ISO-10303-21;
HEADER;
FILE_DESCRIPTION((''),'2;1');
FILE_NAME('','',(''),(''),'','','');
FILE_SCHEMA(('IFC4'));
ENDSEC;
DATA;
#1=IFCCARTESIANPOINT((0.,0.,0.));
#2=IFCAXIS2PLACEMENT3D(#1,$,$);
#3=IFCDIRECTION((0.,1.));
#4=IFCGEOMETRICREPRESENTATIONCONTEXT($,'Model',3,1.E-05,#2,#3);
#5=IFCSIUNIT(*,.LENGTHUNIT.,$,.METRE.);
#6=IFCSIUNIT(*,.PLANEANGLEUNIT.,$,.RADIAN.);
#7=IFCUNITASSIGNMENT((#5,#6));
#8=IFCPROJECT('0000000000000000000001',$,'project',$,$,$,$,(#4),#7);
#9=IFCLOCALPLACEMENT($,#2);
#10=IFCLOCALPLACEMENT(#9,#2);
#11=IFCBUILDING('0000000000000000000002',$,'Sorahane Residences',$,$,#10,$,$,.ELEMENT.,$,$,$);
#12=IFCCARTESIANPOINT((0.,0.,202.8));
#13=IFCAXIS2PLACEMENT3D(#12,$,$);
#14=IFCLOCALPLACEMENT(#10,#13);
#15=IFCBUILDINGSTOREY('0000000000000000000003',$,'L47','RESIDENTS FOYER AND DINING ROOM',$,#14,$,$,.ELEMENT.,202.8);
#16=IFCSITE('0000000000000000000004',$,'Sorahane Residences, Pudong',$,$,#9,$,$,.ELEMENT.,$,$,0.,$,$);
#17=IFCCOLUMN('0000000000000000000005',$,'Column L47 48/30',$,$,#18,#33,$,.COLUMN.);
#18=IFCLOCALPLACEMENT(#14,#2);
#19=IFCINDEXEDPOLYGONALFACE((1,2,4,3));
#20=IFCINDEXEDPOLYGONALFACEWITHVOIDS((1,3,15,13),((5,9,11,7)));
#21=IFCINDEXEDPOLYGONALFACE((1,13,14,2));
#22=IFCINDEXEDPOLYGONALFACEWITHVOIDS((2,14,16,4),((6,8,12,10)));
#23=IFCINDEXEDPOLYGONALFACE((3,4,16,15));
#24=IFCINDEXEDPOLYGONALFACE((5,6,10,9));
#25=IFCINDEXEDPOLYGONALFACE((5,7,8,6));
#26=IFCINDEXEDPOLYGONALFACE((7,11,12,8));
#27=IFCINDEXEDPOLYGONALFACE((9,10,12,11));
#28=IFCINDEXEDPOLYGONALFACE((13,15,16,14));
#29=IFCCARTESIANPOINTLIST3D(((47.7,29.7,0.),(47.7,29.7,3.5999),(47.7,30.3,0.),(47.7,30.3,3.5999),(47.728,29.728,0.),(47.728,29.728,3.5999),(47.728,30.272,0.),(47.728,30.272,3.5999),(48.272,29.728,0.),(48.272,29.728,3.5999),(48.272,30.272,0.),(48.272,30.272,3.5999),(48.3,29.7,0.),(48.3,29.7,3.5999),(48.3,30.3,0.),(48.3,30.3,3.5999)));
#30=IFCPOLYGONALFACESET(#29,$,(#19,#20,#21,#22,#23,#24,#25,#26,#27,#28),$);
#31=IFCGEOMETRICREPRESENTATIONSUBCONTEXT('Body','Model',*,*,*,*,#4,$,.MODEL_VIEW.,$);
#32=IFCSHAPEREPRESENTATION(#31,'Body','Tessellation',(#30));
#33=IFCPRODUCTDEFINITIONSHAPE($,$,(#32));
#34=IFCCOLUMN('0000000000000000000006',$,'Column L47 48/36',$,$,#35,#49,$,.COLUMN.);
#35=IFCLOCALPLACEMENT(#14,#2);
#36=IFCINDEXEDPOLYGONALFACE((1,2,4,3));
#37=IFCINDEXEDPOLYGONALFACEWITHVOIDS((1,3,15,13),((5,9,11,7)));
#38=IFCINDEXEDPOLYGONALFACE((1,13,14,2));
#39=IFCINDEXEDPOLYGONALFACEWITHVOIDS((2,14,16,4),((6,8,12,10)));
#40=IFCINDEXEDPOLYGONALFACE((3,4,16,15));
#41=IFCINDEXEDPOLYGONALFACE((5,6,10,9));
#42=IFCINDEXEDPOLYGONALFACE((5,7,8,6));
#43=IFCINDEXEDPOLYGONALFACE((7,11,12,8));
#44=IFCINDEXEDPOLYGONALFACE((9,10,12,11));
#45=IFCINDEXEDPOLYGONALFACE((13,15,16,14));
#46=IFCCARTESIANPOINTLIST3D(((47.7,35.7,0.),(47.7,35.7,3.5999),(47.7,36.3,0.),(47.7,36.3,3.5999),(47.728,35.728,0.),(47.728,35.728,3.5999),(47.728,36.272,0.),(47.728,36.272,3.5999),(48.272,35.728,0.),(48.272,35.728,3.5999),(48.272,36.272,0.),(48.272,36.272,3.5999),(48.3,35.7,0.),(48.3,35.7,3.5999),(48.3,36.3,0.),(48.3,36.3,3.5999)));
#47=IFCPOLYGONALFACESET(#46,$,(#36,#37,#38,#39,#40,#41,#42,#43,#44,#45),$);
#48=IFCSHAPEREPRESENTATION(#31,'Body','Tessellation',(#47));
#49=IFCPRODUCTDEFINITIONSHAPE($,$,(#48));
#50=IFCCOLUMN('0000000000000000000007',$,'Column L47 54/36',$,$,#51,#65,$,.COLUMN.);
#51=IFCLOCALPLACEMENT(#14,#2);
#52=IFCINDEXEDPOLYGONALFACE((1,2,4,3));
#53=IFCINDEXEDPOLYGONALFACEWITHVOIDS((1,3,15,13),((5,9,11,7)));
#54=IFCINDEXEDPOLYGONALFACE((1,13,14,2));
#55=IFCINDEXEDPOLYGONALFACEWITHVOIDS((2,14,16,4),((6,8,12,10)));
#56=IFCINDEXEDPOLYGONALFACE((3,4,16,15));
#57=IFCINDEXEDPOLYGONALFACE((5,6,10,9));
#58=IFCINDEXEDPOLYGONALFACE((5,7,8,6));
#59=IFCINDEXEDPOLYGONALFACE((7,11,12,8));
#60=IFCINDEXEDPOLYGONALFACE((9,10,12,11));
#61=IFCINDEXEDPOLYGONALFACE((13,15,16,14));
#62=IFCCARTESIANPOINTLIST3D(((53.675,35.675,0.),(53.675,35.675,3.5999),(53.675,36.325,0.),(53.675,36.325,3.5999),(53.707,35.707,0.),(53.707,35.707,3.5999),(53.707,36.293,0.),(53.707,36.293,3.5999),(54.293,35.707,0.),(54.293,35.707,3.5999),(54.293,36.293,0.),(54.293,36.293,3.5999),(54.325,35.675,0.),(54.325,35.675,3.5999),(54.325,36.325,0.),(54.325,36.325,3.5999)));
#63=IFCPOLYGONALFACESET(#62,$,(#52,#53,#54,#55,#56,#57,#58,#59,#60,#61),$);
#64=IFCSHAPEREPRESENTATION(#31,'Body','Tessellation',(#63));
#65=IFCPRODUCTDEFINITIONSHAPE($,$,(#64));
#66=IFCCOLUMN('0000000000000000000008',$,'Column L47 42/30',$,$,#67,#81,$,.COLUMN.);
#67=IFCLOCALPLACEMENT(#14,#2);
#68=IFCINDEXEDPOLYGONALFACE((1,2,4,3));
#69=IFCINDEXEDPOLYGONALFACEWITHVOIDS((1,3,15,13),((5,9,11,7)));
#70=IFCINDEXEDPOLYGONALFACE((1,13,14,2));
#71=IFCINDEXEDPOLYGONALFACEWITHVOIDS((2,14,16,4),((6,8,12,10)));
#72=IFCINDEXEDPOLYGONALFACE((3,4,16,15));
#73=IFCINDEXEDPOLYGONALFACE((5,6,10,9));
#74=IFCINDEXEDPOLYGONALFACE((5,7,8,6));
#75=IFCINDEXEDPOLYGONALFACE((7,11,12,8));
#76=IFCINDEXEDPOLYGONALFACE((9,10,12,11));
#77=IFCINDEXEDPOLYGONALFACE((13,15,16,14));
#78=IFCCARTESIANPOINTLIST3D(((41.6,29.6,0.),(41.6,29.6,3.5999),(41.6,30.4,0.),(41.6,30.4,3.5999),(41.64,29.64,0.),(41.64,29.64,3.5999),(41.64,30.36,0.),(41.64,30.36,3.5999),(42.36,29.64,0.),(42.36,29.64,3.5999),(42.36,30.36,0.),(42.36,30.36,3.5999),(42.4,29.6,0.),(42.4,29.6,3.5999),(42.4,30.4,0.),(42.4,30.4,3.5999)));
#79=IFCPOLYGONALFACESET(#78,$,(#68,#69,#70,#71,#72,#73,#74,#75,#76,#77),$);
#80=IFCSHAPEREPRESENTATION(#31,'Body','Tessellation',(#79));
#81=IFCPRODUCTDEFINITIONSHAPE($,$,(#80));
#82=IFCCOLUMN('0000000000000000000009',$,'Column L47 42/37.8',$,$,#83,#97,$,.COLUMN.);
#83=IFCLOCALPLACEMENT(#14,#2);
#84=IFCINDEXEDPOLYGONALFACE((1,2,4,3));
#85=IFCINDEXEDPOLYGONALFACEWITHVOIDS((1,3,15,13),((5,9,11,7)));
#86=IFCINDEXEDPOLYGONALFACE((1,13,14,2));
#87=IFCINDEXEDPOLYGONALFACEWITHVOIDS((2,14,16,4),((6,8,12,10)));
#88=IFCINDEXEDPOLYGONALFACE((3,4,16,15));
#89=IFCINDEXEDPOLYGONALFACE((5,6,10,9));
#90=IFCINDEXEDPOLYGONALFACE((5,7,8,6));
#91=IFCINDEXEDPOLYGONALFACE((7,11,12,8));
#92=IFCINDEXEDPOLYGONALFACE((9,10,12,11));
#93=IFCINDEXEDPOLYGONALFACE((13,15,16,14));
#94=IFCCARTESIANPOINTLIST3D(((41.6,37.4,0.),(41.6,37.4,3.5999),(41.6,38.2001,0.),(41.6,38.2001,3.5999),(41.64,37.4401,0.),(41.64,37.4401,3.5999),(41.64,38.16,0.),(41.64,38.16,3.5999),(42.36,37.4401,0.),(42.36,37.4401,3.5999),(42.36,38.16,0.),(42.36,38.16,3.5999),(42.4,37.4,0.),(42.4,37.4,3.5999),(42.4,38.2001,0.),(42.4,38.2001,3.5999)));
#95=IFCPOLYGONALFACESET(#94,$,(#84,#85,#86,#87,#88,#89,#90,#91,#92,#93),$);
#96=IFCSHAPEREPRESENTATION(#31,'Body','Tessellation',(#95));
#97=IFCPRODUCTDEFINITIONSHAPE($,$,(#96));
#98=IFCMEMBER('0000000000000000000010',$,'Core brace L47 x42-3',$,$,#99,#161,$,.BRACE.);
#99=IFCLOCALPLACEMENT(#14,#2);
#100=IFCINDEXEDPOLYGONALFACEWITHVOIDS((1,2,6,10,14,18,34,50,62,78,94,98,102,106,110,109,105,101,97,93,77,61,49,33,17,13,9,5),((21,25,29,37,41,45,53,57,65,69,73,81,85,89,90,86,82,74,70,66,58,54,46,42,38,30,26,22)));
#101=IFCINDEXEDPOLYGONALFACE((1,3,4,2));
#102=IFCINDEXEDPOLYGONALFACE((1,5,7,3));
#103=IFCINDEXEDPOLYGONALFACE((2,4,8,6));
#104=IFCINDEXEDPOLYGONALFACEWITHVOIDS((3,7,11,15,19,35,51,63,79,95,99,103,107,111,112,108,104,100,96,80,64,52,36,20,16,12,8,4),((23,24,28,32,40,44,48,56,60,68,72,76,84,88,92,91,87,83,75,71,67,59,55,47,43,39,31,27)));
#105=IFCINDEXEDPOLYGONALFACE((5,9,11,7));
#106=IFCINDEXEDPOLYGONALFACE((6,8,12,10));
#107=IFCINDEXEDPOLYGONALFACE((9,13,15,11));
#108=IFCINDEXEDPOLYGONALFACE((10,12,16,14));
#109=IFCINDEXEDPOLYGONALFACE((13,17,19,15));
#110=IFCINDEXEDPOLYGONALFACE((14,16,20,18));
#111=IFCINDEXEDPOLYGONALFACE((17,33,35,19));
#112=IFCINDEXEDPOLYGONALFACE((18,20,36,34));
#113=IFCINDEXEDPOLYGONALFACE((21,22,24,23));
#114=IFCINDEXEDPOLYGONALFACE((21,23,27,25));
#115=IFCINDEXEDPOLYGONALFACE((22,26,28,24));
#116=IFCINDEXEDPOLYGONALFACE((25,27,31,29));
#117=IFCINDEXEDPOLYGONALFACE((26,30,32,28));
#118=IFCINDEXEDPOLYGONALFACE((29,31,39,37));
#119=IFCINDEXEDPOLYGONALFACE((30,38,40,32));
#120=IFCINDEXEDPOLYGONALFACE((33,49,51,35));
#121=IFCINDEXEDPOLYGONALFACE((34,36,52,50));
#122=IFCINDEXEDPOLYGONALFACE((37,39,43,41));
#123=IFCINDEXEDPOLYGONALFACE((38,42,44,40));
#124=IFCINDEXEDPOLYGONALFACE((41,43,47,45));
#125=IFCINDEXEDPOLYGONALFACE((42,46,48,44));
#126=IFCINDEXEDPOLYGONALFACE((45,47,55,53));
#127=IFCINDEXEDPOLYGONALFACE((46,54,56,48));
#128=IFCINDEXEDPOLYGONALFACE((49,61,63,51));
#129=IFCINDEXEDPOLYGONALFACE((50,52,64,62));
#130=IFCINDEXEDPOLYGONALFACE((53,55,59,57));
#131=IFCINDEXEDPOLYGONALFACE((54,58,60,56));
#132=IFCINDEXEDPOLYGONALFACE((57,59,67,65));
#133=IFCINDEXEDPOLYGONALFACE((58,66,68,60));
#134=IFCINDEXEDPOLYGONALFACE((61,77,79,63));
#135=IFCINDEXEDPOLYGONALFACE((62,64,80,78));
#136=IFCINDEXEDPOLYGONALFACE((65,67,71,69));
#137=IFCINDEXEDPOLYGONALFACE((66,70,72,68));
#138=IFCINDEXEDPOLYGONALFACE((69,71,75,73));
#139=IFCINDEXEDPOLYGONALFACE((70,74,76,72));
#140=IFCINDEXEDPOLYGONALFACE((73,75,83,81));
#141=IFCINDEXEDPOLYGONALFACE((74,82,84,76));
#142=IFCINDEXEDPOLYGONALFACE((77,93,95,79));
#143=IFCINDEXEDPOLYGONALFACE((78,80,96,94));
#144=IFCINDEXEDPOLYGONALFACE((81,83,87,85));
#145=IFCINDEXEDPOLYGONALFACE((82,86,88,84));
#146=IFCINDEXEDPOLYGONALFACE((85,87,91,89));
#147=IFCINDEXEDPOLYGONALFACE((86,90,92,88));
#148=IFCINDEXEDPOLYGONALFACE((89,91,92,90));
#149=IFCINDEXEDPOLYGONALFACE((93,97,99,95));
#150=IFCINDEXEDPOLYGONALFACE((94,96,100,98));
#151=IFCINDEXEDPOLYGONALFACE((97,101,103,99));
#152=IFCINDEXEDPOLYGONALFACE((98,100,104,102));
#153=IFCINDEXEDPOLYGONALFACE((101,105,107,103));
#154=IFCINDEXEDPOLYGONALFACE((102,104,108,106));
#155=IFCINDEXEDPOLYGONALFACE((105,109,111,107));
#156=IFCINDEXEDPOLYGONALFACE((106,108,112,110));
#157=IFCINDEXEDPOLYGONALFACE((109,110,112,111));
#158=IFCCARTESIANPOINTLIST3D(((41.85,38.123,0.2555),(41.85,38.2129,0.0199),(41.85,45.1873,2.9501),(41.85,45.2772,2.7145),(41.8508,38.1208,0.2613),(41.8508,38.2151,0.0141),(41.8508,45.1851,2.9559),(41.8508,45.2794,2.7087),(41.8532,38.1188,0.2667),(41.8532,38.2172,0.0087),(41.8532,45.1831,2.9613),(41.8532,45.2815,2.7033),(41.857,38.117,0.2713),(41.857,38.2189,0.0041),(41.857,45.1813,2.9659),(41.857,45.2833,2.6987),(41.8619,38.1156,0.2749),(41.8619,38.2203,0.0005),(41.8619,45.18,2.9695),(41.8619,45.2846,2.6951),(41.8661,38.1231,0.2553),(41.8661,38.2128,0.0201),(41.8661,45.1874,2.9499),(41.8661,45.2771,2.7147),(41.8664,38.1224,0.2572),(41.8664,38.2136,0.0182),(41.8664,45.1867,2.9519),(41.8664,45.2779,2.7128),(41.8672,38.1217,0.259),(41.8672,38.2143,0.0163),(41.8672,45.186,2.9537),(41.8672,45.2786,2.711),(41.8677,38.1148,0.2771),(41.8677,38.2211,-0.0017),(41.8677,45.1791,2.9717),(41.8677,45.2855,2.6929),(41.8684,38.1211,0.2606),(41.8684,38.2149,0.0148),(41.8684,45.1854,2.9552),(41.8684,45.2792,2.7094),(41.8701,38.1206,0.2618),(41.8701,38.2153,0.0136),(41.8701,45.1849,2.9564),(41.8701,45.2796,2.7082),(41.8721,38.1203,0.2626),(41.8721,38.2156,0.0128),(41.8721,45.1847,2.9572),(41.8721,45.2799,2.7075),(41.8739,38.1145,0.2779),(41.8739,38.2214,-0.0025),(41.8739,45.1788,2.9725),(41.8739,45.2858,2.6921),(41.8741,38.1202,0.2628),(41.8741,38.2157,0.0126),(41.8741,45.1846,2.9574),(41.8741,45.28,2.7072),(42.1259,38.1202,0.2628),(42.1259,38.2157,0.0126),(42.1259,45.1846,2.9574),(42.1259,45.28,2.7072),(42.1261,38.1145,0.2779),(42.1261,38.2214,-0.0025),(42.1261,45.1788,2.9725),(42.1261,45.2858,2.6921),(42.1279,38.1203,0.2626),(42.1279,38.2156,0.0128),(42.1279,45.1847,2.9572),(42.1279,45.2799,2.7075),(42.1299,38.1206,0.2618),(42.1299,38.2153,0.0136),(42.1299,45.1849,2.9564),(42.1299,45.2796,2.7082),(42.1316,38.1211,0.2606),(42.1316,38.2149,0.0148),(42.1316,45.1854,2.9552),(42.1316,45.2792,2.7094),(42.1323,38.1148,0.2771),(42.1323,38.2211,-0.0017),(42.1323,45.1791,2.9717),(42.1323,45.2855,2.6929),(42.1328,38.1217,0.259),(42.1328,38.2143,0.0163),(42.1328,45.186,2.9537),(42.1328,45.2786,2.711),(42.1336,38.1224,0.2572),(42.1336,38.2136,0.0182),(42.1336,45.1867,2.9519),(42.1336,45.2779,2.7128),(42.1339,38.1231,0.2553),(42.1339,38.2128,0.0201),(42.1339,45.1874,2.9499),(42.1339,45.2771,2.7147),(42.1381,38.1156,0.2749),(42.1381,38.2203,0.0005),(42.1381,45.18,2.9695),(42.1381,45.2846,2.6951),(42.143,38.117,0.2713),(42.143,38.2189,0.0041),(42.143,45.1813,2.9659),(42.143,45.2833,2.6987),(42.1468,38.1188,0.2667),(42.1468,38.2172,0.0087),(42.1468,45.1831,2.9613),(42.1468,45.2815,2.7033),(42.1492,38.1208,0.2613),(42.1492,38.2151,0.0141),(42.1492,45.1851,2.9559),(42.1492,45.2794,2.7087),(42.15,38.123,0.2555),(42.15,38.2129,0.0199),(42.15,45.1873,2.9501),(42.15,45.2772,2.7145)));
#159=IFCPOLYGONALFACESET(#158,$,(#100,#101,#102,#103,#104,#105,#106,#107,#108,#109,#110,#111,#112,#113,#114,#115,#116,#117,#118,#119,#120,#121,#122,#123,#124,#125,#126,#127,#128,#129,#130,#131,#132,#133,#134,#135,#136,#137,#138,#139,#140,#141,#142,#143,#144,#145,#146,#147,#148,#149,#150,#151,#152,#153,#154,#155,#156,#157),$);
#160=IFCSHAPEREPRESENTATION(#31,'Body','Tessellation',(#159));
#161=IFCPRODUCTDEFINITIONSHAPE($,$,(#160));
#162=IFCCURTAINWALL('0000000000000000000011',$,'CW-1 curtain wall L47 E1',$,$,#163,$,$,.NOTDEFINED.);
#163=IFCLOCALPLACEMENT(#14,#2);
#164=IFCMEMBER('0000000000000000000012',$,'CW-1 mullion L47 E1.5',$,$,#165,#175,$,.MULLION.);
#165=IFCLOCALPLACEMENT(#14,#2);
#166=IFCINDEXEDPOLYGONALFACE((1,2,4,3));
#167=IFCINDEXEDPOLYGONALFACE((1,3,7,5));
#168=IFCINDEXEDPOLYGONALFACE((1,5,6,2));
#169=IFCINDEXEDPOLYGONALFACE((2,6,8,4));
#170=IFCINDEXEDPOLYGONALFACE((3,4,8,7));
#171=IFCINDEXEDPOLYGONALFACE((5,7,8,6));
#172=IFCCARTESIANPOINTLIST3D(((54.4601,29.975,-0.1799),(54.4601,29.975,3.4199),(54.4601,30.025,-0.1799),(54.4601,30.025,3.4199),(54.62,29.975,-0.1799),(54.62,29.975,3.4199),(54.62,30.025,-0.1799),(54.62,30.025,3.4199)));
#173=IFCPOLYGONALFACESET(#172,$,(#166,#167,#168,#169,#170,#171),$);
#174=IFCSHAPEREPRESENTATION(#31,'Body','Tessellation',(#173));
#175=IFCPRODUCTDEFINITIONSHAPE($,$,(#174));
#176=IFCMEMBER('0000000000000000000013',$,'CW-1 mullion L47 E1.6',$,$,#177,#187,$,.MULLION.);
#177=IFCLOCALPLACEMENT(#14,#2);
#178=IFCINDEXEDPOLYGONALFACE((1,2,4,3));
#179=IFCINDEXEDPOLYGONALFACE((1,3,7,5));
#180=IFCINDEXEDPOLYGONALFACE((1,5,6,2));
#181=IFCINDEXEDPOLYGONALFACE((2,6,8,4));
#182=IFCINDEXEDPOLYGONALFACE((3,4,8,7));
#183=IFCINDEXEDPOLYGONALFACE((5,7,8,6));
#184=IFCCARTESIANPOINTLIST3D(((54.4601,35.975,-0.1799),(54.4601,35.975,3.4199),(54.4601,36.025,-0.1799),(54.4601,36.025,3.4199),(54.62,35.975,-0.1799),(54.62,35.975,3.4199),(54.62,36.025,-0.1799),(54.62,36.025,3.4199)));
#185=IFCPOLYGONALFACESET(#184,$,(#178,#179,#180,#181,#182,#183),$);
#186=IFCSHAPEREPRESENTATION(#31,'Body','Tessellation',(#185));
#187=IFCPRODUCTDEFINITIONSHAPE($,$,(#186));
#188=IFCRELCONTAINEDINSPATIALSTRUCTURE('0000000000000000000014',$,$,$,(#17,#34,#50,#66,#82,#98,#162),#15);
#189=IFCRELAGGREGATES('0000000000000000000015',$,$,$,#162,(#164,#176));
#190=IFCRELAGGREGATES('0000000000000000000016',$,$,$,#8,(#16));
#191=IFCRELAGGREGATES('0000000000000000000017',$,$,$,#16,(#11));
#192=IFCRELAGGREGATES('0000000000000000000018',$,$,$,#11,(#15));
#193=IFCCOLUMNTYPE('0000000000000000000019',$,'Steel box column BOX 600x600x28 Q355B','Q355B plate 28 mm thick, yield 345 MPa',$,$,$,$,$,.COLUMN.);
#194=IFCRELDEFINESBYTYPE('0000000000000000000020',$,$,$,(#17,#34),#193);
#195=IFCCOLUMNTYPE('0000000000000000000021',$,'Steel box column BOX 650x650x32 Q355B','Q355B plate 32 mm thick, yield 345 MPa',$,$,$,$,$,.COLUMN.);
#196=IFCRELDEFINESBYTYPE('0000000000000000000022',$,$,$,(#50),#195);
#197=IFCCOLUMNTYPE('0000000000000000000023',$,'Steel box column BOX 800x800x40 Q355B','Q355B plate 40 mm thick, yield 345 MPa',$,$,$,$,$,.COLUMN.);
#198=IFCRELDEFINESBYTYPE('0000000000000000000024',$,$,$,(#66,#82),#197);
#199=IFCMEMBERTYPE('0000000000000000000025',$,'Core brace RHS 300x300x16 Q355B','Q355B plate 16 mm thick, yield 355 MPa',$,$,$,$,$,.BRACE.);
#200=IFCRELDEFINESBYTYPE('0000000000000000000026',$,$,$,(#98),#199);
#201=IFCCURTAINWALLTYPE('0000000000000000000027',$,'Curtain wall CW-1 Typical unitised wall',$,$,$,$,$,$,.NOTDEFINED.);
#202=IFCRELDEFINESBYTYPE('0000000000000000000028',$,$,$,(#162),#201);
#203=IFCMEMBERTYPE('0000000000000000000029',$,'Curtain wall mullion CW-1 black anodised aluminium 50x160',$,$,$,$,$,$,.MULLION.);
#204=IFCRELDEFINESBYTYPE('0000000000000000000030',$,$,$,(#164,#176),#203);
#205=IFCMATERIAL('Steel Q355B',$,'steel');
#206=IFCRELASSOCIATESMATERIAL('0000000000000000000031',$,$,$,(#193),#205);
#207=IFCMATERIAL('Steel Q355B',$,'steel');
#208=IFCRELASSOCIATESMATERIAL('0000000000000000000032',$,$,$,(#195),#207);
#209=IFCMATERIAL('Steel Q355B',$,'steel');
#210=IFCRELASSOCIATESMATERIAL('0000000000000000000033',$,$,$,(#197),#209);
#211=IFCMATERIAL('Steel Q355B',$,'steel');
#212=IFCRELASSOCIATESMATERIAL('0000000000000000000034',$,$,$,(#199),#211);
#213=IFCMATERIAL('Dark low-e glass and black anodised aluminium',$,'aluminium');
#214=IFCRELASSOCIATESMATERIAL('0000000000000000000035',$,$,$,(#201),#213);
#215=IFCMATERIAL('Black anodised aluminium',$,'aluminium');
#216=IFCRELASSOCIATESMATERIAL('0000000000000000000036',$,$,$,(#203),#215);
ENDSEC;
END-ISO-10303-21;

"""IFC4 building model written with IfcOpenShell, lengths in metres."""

from ifc_helpers import new_model, si_unit, direction, frame, origin, origin_2d, place, context, subcontext, project, spatial, rectangle, hollow_rectangle, extrude, material, material_profile, profile_set, type_object, element, aggregate, save


model = new_model("IFC4")

# Units and contexts
model_context = context("Model", 3, precision=1e-05, world=origin(), true_north=direction((0.0, 1.0)))
body_context = subcontext(model_context, "Body", "Model", "MODEL_VIEW")
ifc_project = project(units=[si_unit("LENGTHUNIT", "METRE"), si_unit("PLANEANGLEUNIT", "RADIAN")], contexts=[model_context])

# Site, building, storey
site_placement = place(None, origin())
site = spatial("IfcSite", under=ifc_project, at=site_placement, Name="Sorahane Residences, Pudong", CompositionType="ELEMENT", RefElevation=0.0)
building_placement = place(site_placement, origin())
building = spatial("IfcBuilding", under=site, at=building_placement, Name="Sorahane Residences", CompositionType="ELEMENT")
storey_placement = place(building_placement, frame((0.0, 0.0, 202.8)))
storey = spatial("IfcBuildingStorey", under=building, at=storey_placement, Name="L47", Description="RESIDENTS FOYER AND DINING ROOM", CompositionType="ELEMENT", Elevation=202.8)

# Columns
ifc_material_1 = material(Name="Steel Q355B", Category="steel")
ifc_material_profile_1 = material_profile(ifc_material_1, hollow_rectangle(XDim=0.6001, YDim=0.6001, WallThickness=0.0281, at=origin_2d()), Name="BOX 600x600x28")
ifc_profile_set_1 = profile_set([ifc_material_profile_1], Name="Steel Q355B")
column_type_1 = type_object("IfcColumnType", Name="Steel box column BOX 600x600x28 Q355B", Description="Q355B plate 28 mm thick, yield 345 MPa", PredefinedType="COLUMN", material=ifc_profile_set_1)
for number, where, z_axis, x_axis, name in (
    (1, (48.0, 30.0, 0.0), (0.0, 0.0, 1.0), (1.0, 0.0, 0.0), "Column L47 48/30"),
    (2, (48.0, 36.0, 0.0), (0.0, 0.0, 1.0), (1.0, 0.0, 0.0), "Column L47 48/36"),
):
    element("IfcColumn", number, at=place(storey_placement, frame(where, z_axis=z_axis, x_axis=x_axis)), inside=storey, type_object=column_type_1, Name=name, PredefinedType="COLUMN", context=body_context, shape_type="SweptSolid", body=[
        extrude(hollow_rectangle(XDim=0.6001, YDim=0.6001, WallThickness=0.0281, at=origin_2d()), origin(), (0.0, 0.0, 1.0), 3.5999),
    ])
ifc_material_2 = material(Name="Steel Q355B", Category="steel")
ifc_material_profile_2 = material_profile(ifc_material_2, hollow_rectangle(XDim=0.6499, YDim=0.6499, WallThickness=0.032, at=origin_2d()), Name="BOX 650x650x32")
ifc_profile_set_2 = profile_set([ifc_material_profile_2], Name="Steel Q355B")
column_type_2 = type_object("IfcColumnType", Name="Steel box column BOX 650x650x32 Q355B", Description="Q355B plate 32 mm thick, yield 345 MPa", PredefinedType="COLUMN", material=ifc_profile_set_2)
column_placement = place(storey_placement, frame((54.0, 36.0, 0.0), z_axis=(0.0, 0.0, 1.0), x_axis=(1.0, 0.0, 0.0)))
element("IfcColumn", 3, at=column_placement, inside=storey, type_object=column_type_2, Name="Column L47 54/36", PredefinedType="COLUMN", context=body_context, shape_type="SweptSolid", body=[
    extrude(hollow_rectangle(XDim=0.6499, YDim=0.6499, WallThickness=0.032, at=origin_2d()), origin(), (0.0, 0.0, 1.0), 3.5999),
])
ifc_material_3 = material(Name="Steel Q355B", Category="steel")
ifc_material_profile_3 = material_profile(ifc_material_3, hollow_rectangle(XDim=0.8, YDim=0.8, WallThickness=0.04, at=origin_2d()), Name="BOX 800x800x40")
ifc_profile_set_3 = profile_set([ifc_material_profile_3], Name="Steel Q355B")
column_type_3 = type_object("IfcColumnType", Name="Steel box column BOX 800x800x40 Q355B", Description="Q355B plate 40 mm thick, yield 345 MPa", PredefinedType="COLUMN", material=ifc_profile_set_3)
for number, where, z_axis, x_axis, name in (
    (4, (42.0, 30.0, 0.0), (0.0, 0.0, 1.0), (1.0, 0.0, 0.0), "Column L47 42/30"),
    (5, (42.0, 37.8, 0.0), (0.0, 0.0, 1.0), (1.0, 0.0, 0.0), "Column L47 42/37.8"),
):
    element("IfcColumn", number, at=place(storey_placement, frame(where, z_axis=z_axis, x_axis=x_axis)), inside=storey, type_object=column_type_3, Name=name, PredefinedType="COLUMN", context=body_context, shape_type="SweptSolid", body=[
        extrude(hollow_rectangle(XDim=0.8, YDim=0.8, WallThickness=0.04, at=origin_2d()), origin(), (0.0, 0.0, 1.0), 3.5999),
    ])

# Member
ifc_material_4 = material(Name="Steel Q355B", Category="steel")
ifc_material_profile_4 = material_profile(ifc_material_4, hollow_rectangle(XDim=0.3, YDim=0.3, WallThickness=0.0161, InnerFilletRadius=0.0081, OuterFilletRadius=0.0239, at=origin_2d()), Name="RHS 300x300x16")
ifc_profile_set_4 = profile_set([ifc_material_profile_4], Name="Steel Q355B")
member_type_1 = type_object("IfcMemberType", Name="Core brace RHS 300x300x16 Q355B", Description="Q355B plate 16 mm thick, yield 355 MPa", PredefinedType="BRACE", material=ifc_profile_set_4)
member_1_placement = place(storey_placement, frame((42.0, 38.168, 0.1377), z_axis=(0.0, 0.934336, 0.356394), x_axis=(-1.0, 0.0, 0.0)))
element("IfcMember", 6, at=member_1_placement, inside=storey, type_object=member_type_1, Name="Core brace L47 x42-3", PredefinedType="BRACE", context=body_context, shape_type="SweptSolid", body=[
    extrude(hollow_rectangle(XDim=0.3, YDim=0.3, WallThickness=0.0161, InnerFilletRadius=0.0081, OuterFilletRadius=0.0239, at=origin_2d()), origin(), (0.0, 0.0, 1.0), 7.5608),
])

# Curtain wall, members
ifc_material_5 = material(Name="Dark low-e glass and black anodised aluminium", Category="aluminium")
curtain_wall_type = type_object("IfcCurtainWallType", Name="Curtain wall CW-1 Typical unitised wall", PredefinedType="NOTDEFINED", material=ifc_material_5)
curtain_wall_placement = place(storey_placement, origin())
curtain_wall = element("IfcCurtainWall", 7, at=curtain_wall_placement, inside=storey, type_object=curtain_wall_type, Name="CW-1 curtain wall L47 E1", PredefinedType="NOTDEFINED")
ifc_material_6 = material(Name="Black anodised aluminium", Category="aluminium")
ifc_material_profile_5 = material_profile(ifc_material_6, rectangle(XDim=0.1599, YDim=0.05, at=origin_2d()), Name="Curtain wall mullion CW-1 black anodised aluminium 50x160")
ifc_profile_set_5 = profile_set([ifc_material_profile_5], Name="Black anodised aluminium")
member_type_2 = type_object("IfcMemberType", Name="Curtain wall mullion CW-1 black anodised aluminium 50x160", PredefinedType="MULLION", material=ifc_profile_set_5)
member_2_placement = place(storey_placement, frame((54.54, 30.0, -0.1799), z_axis=(0.0, 0.0, 1.0), x_axis=(1.0, 0.0, 0.0)))
member_2 = element("IfcMember", 8, at=member_2_placement, type_object=member_type_2, Name="CW-1 mullion L47 E1.5", PredefinedType="MULLION", context=body_context, shape_type="SweptSolid", body=[
    extrude(rectangle(XDim=0.1599, YDim=0.05, at=origin_2d()), origin(), (0.0, 0.0, 1.0), 3.5999),
])
member_3_placement = place(storey_placement, frame((54.54, 36.0, -0.1799), z_axis=(0.0, 0.0, 1.0), x_axis=(1.0, 0.0, 0.0)))
member_3 = element("IfcMember", 9, at=member_3_placement, type_object=member_type_2, Name="CW-1 mullion L47 E1.6", PredefinedType="MULLION", context=body_context, shape_type="SweptSolid", body=[
    extrude(rectangle(XDim=0.1599, YDim=0.05, at=origin_2d()), origin(), (0.0, 0.0, 1.0), 3.5999),
])

aggregate(curtain_wall, [member_2, member_3])

save(model, "model.ifc")
